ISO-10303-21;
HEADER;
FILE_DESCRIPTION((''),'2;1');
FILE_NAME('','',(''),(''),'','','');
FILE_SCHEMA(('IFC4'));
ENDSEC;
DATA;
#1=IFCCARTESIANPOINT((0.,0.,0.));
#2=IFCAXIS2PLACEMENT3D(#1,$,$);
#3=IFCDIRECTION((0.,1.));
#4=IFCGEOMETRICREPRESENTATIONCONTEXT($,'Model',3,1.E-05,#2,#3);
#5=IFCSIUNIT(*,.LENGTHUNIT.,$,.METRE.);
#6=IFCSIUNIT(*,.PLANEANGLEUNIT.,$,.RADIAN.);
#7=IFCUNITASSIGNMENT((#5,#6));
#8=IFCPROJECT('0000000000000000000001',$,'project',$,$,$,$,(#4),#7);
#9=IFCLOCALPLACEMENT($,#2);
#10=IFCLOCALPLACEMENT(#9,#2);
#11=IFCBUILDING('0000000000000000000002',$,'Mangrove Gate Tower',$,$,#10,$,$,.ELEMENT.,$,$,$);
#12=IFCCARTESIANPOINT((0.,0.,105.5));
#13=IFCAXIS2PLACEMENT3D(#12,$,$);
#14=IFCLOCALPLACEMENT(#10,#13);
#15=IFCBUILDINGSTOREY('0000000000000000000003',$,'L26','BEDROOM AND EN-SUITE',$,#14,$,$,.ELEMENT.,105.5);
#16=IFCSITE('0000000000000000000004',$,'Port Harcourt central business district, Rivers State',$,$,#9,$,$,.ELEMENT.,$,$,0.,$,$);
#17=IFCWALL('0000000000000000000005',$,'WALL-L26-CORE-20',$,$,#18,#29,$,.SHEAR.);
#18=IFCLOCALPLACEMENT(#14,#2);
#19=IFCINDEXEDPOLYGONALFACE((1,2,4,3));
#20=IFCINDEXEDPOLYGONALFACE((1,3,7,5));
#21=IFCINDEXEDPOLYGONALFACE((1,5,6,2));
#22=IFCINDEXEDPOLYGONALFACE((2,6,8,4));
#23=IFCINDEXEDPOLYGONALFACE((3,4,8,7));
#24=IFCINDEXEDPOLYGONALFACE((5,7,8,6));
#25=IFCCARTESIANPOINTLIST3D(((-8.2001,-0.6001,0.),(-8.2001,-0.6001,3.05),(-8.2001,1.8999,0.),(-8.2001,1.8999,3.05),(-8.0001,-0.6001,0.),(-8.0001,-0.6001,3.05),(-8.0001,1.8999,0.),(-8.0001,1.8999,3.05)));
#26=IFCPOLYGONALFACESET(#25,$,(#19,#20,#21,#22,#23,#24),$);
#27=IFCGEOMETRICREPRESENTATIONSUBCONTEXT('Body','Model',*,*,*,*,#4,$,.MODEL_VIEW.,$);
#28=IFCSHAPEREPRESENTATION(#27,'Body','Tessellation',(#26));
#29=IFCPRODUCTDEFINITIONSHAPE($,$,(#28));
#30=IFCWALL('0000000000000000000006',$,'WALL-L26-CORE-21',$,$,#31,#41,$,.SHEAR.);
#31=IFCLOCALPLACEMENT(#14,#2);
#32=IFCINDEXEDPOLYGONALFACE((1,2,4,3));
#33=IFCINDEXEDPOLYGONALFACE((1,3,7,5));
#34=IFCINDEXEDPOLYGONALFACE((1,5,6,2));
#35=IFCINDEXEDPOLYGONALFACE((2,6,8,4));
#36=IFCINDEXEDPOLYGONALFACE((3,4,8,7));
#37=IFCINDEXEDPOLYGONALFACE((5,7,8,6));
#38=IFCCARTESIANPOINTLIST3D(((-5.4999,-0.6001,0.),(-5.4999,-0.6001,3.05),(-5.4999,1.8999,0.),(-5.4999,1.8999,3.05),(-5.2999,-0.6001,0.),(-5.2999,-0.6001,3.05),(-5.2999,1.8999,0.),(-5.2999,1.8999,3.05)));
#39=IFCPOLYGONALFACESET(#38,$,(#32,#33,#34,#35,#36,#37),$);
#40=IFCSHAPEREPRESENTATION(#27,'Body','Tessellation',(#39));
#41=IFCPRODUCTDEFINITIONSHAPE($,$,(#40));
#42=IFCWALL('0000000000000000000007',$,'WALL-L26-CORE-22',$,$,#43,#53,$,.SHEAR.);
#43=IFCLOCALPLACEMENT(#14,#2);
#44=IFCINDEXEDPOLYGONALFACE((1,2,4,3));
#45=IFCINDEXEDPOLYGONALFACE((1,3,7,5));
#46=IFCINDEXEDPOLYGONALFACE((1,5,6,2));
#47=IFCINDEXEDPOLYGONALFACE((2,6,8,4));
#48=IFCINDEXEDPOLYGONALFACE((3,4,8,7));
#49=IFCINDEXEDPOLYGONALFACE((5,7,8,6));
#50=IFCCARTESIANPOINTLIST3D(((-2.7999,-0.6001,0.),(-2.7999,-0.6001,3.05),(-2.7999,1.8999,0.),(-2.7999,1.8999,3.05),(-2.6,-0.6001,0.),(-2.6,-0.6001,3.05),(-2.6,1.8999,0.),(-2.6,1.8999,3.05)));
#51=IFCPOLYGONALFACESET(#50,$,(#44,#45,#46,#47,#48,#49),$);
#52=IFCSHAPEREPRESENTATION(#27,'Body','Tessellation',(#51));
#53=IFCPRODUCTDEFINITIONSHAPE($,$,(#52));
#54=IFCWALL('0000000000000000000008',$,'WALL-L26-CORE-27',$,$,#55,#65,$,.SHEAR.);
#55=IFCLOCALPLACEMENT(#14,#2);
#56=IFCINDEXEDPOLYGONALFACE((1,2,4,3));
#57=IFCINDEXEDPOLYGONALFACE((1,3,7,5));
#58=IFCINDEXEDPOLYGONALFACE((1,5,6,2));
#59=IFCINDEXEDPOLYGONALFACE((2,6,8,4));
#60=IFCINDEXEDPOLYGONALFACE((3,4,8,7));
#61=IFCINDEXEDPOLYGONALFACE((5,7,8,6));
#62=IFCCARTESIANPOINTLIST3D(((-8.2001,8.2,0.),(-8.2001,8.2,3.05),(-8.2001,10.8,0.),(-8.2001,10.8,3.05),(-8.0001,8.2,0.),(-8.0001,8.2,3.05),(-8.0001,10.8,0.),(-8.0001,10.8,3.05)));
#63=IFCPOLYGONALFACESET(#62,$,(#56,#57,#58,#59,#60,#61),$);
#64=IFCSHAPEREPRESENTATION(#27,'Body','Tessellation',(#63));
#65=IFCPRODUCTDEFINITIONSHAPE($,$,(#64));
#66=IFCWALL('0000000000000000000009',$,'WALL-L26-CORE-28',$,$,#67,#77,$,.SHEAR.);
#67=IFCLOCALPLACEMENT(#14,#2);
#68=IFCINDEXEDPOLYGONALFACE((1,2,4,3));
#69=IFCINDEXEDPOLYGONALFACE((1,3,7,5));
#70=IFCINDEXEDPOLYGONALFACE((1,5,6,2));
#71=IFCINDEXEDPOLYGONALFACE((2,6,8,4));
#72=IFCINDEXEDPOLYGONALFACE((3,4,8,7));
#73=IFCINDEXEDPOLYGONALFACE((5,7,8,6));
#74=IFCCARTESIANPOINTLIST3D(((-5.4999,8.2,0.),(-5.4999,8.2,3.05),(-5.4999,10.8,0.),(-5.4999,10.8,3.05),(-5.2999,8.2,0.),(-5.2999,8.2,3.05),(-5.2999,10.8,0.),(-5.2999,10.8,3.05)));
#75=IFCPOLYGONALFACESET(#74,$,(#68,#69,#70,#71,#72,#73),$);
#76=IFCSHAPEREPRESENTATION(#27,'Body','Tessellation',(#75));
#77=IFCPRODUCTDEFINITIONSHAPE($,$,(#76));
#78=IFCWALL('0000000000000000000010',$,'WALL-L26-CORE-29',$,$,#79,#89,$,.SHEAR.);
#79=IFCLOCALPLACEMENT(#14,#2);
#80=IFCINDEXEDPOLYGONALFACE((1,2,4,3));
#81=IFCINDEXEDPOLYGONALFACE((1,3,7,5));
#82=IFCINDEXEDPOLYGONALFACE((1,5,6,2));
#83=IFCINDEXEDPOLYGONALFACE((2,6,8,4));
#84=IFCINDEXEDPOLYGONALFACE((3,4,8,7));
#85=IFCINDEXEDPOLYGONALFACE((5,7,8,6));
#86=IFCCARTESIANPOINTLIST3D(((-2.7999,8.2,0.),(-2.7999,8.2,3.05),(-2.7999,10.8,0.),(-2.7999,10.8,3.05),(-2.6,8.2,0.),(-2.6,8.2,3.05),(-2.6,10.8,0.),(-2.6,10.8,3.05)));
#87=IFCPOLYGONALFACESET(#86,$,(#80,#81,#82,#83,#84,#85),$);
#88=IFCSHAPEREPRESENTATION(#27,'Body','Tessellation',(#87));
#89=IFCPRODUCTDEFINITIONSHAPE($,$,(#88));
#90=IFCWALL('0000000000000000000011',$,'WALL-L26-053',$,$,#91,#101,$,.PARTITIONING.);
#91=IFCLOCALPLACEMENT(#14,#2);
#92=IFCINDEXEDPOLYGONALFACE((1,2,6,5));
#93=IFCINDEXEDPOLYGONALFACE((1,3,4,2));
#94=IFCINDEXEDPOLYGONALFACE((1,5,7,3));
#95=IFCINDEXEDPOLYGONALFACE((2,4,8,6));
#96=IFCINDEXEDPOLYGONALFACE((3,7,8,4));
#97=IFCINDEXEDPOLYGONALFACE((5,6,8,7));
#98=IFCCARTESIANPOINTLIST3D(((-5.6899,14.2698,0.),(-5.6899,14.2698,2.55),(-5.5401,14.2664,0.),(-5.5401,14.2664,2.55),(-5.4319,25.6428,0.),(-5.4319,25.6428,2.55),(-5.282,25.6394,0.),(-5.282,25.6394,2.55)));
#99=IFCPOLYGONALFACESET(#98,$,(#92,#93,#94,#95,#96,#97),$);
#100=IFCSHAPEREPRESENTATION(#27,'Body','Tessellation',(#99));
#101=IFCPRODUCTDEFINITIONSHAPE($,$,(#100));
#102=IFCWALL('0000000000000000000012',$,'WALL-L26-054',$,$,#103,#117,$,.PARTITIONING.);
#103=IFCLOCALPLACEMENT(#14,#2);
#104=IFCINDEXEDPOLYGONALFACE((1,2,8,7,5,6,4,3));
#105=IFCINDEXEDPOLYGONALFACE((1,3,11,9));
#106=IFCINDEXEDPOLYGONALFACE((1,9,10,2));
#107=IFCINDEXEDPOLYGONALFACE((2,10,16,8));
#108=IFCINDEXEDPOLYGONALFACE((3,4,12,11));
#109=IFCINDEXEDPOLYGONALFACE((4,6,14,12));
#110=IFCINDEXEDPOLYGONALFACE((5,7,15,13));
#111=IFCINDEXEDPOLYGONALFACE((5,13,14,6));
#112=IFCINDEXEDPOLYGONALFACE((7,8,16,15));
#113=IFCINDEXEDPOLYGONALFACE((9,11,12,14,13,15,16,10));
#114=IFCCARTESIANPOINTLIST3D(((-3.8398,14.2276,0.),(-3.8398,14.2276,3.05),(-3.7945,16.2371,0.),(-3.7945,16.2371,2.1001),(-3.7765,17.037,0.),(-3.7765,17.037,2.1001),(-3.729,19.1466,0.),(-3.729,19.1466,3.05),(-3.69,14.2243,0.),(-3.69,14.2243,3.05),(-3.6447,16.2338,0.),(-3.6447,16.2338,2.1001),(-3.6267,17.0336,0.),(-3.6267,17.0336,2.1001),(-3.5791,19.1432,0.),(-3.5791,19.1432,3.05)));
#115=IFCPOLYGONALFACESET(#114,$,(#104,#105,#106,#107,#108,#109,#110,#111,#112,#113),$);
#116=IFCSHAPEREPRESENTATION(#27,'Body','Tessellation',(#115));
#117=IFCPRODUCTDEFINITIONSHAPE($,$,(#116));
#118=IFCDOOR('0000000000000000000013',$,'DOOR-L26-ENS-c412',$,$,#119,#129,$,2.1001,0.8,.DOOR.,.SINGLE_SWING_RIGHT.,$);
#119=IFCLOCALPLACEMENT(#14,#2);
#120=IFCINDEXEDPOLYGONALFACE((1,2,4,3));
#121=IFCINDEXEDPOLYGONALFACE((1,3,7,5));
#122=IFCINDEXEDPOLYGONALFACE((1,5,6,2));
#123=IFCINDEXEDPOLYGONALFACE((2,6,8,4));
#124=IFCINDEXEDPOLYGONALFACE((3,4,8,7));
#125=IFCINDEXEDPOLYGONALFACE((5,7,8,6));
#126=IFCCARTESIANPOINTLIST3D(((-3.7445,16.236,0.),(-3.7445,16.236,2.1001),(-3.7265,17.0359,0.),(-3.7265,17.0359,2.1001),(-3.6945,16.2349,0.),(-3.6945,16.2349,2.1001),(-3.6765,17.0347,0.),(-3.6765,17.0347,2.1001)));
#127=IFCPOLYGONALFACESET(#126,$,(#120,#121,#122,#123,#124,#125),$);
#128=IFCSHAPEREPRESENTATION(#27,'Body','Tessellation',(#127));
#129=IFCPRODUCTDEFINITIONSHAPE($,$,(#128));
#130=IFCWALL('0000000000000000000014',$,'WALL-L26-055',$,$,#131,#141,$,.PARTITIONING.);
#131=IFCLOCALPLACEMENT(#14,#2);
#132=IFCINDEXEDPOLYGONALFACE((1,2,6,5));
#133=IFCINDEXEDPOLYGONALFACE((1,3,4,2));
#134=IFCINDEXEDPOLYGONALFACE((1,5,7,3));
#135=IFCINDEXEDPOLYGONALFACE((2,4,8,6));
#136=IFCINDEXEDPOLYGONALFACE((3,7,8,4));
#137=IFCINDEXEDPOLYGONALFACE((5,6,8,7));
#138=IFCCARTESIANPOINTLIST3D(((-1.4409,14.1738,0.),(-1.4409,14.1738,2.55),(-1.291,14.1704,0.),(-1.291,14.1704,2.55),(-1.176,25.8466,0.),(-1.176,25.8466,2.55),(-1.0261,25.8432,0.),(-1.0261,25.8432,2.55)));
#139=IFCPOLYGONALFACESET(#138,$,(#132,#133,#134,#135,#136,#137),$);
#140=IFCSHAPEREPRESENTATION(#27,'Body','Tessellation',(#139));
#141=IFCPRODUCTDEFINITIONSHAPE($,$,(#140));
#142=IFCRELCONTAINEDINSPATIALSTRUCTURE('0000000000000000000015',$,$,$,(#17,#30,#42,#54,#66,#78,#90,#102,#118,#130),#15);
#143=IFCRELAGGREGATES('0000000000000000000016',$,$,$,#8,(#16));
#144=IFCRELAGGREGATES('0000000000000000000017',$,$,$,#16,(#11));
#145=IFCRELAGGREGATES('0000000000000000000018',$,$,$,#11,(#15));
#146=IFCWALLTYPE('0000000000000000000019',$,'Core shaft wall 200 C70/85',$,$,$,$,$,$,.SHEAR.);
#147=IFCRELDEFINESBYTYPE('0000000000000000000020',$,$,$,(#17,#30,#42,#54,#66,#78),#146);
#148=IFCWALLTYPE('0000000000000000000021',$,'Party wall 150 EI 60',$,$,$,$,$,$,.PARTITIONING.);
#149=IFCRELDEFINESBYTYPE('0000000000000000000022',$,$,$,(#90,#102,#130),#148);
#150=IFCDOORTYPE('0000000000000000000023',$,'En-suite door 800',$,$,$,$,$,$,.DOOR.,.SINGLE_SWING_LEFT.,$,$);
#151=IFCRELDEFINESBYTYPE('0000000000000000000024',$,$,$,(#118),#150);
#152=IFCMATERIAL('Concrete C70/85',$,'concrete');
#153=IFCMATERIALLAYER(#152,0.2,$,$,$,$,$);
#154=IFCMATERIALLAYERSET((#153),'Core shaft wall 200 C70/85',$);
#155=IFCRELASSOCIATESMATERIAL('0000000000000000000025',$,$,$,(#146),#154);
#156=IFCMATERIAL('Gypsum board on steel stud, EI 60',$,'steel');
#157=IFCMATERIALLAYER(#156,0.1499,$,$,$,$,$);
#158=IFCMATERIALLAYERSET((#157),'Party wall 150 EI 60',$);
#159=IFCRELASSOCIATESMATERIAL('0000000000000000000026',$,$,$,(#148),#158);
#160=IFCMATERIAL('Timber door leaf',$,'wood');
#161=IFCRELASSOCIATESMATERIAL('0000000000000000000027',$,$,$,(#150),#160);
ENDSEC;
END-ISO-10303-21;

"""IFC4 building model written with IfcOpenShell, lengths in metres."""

from ifc_helpers import new_model, si_unit, direction, frame, frame_2d, origin, place, context, subcontext, project, spatial, rectangle, extrude, material, layer, layer_set, type_object, element, fill, save


model = new_model("IFC4")

# Units and contexts
model_context = context("Model", 3, precision=1e-05, world=origin(), true_north=direction((0.0, 1.0)))
body_context = subcontext(model_context, "Body", "Model", "MODEL_VIEW")
ifc_project = project(units=[si_unit("LENGTHUNIT", "METRE"), si_unit("PLANEANGLEUNIT", "RADIAN")], contexts=[model_context])

# Site, building, storey
site_placement = place(None, origin())
site = spatial("IfcSite", under=ifc_project, at=site_placement, Name="Port Harcourt central business district, Rivers State", CompositionType="ELEMENT", RefElevation=0.0)
building_placement = place(site_placement, origin())
building = spatial("IfcBuilding", under=site, at=building_placement, Name="Mangrove Gate Tower", CompositionType="ELEMENT")
storey_placement = place(building_placement, frame((0.0, 0.0, 105.5)))
storey = spatial("IfcBuildingStorey", under=building, at=storey_placement, Name="L26", Description="BEDROOM AND EN-SUITE", CompositionType="ELEMENT", Elevation=105.5)

# Walls
ifc_material_1 = material(Name="Concrete C70/85", Category="concrete")
ifc_layer_1 = layer(ifc_material_1, 0.2)
ifc_layer_set_1 = layer_set([ifc_layer_1], Name="Core shaft wall 200 C70/85")
wall_type_1 = type_object("IfcWallType", Name="Core shaft wall 200 C70/85", PredefinedType="SHEAR", material=ifc_layer_set_1)
for number, where, z_axis, x_axis, name in (
    (1, (-8.1001, -0.6001, 0.0), (0.0, 0.0, 1.0), (0.0, 1.0, 0.0), "WALL-L26-CORE-20"),
    (2, (-5.3999, -0.6001, 0.0), (0.0, 0.0, 1.0), (0.0, 1.0, 0.0), "WALL-L26-CORE-21"),
    (3, (-2.7, -0.6001, 0.0), (0.0, 0.0, 1.0), (0.0, 1.0, 0.0), "WALL-L26-CORE-22"),
):
    element("IfcWall", number, at=place(storey_placement, frame(where, z_axis=z_axis, x_axis=x_axis)), inside=storey, type_object=wall_type_1, Name=name, PredefinedType="SHEAR", context=body_context, shape_type="SweptSolid", body=[
        extrude(rectangle(XDim=2.5, YDim=0.2, at=frame_2d((1.25, 0.0))), origin(), (0.0, 0.0, 1.0), 3.05),
    ])
for number, where, z_axis, x_axis, name in (
    (4, (-8.1001, 8.2, 0.0), (0.0, 0.0, 1.0), (0.0, 1.0, 0.0), "WALL-L26-CORE-27"),
    (5, (-5.3999, 8.2, 0.0), (0.0, 0.0, 1.0), (0.0, 1.0, 0.0), "WALL-L26-CORE-28"),
    (6, (-2.7, 8.2, 0.0), (0.0, 0.0, 1.0), (0.0, 1.0, 0.0), "WALL-L26-CORE-29"),
):
    element("IfcWall", number, at=place(storey_placement, frame(where, z_axis=z_axis, x_axis=x_axis)), inside=storey, type_object=wall_type_1, Name=name, PredefinedType="SHEAR", context=body_context, shape_type="SweptSolid", body=[
        extrude(rectangle(XDim=2.6001, YDim=0.2, at=frame_2d((1.3, 0.0))), origin(), (0.0, 0.0, 1.0), 3.05),
    ])
ifc_material_2 = material(Name="Gypsum board on steel stud, EI 60", Category="steel")
ifc_layer_2 = layer(ifc_material_2, 0.1499)
ifc_layer_set_2 = layer_set([ifc_layer_2], Name="Party wall 150 EI 60")
wall_type_2 = type_object("IfcWallType", Name="Party wall 150 EI 60", PredefinedType="PARTITIONING", material=ifc_layer_set_2)
wall_1_placement = place(storey_placement, frame((-5.615, 14.2681, 0.0), z_axis=(0.0, 0.0, 1.0), x_axis=(0.022684, 0.999743, 0.0)))
element("IfcWall", 7, at=wall_1_placement, inside=storey, type_object=wall_type_2, Name="WALL-L26-053", PredefinedType="PARTITIONING", context=body_context, shape_type="SweptSolid", body=[
    extrude(rectangle(XDim=11.376, YDim=0.1499, at=frame_2d((5.688, 0.0))), origin(), (0.0, 0.0, 1.0), 2.55),
])

# Wall, opening, door
wall_2_placement = place(storey_placement, frame((-3.7649, 14.2261, 0.0), z_axis=(0.0, 0.0, 1.0), x_axis=(0.022528, 0.999746, 0.0)))
wall_2 = element("IfcWall", 8, at=wall_2_placement, inside=storey, type_object=wall_type_2, Name="WALL-L26-054", PredefinedType="PARTITIONING", context=body_context, shape_type="SweptSolid", body=[
    extrude(rectangle(XDim=4.9202, YDim=0.1499, at=frame_2d((2.46, 0.0))), origin(), (0.0, 0.0, 1.0), 3.05),
])
opening_placement = place(wall_2_placement, frame((2.01, 0.0, 0.0)))
opening = element("IfcOpeningElement", 9, at=opening_placement, cuts=wall_2, PredefinedType="OPENING", context=body_context, shape_type="SweptSolid", body=[
    extrude(rectangle(XDim=0.8, YDim=2.1001, at=frame_2d((0.3999, 1.05))), frame((0.0, 0.085, 0.0), z_axis=(0.0, -1.0, 0.0), x_axis=(1.0, 0.0, 0.0)), (0.0, 0.0, 1.0), 0.1699),
])
ifc_material_3 = material(Name="Timber door leaf", Category="wood")
door_type = type_object("IfcDoorType", Name="En-suite door 800", OperationType="SINGLE_SWING_LEFT", PredefinedType="DOOR", material=ifc_material_3)
door_placement = place(opening_placement, origin())
door = element("IfcDoor", 10, at=door_placement, inside=storey, type_object=door_type, Name="DOOR-L26-ENS-c412", OperationType="SINGLE_SWING_RIGHT", OverallHeight=2.1001, OverallWidth=0.8, PredefinedType="DOOR", context=body_context, shape_type="SweptSolid", body=[
    extrude(rectangle(XDim=0.8, YDim=2.1001, at=frame_2d((0.3999, 1.05))), frame((0.0, 0.0249, 0.0), z_axis=(0.0, -1.0, 0.0), x_axis=(1.0, 0.0, 0.0)), (0.0, 0.0, 1.0), 0.05),
])
fill(opening, door)

# Wall
wall_3_placement = place(storey_placement, frame((-1.366, 14.1721, 0.0), z_axis=(0.0, 0.0, 1.0), x_axis=(0.022687, 0.999743, 0.0)))
element("IfcWall", 11, at=wall_3_placement, inside=storey, type_object=wall_type_2, Name="WALL-L26-055", PredefinedType="PARTITIONING", context=body_context, shape_type="SweptSolid", body=[
    extrude(rectangle(XDim=11.6758, YDim=0.1499, at=frame_2d((5.8379, 0.0))), origin(), (0.0, 0.0, 1.0), 2.55),
])

save(model, "model.ifc")
